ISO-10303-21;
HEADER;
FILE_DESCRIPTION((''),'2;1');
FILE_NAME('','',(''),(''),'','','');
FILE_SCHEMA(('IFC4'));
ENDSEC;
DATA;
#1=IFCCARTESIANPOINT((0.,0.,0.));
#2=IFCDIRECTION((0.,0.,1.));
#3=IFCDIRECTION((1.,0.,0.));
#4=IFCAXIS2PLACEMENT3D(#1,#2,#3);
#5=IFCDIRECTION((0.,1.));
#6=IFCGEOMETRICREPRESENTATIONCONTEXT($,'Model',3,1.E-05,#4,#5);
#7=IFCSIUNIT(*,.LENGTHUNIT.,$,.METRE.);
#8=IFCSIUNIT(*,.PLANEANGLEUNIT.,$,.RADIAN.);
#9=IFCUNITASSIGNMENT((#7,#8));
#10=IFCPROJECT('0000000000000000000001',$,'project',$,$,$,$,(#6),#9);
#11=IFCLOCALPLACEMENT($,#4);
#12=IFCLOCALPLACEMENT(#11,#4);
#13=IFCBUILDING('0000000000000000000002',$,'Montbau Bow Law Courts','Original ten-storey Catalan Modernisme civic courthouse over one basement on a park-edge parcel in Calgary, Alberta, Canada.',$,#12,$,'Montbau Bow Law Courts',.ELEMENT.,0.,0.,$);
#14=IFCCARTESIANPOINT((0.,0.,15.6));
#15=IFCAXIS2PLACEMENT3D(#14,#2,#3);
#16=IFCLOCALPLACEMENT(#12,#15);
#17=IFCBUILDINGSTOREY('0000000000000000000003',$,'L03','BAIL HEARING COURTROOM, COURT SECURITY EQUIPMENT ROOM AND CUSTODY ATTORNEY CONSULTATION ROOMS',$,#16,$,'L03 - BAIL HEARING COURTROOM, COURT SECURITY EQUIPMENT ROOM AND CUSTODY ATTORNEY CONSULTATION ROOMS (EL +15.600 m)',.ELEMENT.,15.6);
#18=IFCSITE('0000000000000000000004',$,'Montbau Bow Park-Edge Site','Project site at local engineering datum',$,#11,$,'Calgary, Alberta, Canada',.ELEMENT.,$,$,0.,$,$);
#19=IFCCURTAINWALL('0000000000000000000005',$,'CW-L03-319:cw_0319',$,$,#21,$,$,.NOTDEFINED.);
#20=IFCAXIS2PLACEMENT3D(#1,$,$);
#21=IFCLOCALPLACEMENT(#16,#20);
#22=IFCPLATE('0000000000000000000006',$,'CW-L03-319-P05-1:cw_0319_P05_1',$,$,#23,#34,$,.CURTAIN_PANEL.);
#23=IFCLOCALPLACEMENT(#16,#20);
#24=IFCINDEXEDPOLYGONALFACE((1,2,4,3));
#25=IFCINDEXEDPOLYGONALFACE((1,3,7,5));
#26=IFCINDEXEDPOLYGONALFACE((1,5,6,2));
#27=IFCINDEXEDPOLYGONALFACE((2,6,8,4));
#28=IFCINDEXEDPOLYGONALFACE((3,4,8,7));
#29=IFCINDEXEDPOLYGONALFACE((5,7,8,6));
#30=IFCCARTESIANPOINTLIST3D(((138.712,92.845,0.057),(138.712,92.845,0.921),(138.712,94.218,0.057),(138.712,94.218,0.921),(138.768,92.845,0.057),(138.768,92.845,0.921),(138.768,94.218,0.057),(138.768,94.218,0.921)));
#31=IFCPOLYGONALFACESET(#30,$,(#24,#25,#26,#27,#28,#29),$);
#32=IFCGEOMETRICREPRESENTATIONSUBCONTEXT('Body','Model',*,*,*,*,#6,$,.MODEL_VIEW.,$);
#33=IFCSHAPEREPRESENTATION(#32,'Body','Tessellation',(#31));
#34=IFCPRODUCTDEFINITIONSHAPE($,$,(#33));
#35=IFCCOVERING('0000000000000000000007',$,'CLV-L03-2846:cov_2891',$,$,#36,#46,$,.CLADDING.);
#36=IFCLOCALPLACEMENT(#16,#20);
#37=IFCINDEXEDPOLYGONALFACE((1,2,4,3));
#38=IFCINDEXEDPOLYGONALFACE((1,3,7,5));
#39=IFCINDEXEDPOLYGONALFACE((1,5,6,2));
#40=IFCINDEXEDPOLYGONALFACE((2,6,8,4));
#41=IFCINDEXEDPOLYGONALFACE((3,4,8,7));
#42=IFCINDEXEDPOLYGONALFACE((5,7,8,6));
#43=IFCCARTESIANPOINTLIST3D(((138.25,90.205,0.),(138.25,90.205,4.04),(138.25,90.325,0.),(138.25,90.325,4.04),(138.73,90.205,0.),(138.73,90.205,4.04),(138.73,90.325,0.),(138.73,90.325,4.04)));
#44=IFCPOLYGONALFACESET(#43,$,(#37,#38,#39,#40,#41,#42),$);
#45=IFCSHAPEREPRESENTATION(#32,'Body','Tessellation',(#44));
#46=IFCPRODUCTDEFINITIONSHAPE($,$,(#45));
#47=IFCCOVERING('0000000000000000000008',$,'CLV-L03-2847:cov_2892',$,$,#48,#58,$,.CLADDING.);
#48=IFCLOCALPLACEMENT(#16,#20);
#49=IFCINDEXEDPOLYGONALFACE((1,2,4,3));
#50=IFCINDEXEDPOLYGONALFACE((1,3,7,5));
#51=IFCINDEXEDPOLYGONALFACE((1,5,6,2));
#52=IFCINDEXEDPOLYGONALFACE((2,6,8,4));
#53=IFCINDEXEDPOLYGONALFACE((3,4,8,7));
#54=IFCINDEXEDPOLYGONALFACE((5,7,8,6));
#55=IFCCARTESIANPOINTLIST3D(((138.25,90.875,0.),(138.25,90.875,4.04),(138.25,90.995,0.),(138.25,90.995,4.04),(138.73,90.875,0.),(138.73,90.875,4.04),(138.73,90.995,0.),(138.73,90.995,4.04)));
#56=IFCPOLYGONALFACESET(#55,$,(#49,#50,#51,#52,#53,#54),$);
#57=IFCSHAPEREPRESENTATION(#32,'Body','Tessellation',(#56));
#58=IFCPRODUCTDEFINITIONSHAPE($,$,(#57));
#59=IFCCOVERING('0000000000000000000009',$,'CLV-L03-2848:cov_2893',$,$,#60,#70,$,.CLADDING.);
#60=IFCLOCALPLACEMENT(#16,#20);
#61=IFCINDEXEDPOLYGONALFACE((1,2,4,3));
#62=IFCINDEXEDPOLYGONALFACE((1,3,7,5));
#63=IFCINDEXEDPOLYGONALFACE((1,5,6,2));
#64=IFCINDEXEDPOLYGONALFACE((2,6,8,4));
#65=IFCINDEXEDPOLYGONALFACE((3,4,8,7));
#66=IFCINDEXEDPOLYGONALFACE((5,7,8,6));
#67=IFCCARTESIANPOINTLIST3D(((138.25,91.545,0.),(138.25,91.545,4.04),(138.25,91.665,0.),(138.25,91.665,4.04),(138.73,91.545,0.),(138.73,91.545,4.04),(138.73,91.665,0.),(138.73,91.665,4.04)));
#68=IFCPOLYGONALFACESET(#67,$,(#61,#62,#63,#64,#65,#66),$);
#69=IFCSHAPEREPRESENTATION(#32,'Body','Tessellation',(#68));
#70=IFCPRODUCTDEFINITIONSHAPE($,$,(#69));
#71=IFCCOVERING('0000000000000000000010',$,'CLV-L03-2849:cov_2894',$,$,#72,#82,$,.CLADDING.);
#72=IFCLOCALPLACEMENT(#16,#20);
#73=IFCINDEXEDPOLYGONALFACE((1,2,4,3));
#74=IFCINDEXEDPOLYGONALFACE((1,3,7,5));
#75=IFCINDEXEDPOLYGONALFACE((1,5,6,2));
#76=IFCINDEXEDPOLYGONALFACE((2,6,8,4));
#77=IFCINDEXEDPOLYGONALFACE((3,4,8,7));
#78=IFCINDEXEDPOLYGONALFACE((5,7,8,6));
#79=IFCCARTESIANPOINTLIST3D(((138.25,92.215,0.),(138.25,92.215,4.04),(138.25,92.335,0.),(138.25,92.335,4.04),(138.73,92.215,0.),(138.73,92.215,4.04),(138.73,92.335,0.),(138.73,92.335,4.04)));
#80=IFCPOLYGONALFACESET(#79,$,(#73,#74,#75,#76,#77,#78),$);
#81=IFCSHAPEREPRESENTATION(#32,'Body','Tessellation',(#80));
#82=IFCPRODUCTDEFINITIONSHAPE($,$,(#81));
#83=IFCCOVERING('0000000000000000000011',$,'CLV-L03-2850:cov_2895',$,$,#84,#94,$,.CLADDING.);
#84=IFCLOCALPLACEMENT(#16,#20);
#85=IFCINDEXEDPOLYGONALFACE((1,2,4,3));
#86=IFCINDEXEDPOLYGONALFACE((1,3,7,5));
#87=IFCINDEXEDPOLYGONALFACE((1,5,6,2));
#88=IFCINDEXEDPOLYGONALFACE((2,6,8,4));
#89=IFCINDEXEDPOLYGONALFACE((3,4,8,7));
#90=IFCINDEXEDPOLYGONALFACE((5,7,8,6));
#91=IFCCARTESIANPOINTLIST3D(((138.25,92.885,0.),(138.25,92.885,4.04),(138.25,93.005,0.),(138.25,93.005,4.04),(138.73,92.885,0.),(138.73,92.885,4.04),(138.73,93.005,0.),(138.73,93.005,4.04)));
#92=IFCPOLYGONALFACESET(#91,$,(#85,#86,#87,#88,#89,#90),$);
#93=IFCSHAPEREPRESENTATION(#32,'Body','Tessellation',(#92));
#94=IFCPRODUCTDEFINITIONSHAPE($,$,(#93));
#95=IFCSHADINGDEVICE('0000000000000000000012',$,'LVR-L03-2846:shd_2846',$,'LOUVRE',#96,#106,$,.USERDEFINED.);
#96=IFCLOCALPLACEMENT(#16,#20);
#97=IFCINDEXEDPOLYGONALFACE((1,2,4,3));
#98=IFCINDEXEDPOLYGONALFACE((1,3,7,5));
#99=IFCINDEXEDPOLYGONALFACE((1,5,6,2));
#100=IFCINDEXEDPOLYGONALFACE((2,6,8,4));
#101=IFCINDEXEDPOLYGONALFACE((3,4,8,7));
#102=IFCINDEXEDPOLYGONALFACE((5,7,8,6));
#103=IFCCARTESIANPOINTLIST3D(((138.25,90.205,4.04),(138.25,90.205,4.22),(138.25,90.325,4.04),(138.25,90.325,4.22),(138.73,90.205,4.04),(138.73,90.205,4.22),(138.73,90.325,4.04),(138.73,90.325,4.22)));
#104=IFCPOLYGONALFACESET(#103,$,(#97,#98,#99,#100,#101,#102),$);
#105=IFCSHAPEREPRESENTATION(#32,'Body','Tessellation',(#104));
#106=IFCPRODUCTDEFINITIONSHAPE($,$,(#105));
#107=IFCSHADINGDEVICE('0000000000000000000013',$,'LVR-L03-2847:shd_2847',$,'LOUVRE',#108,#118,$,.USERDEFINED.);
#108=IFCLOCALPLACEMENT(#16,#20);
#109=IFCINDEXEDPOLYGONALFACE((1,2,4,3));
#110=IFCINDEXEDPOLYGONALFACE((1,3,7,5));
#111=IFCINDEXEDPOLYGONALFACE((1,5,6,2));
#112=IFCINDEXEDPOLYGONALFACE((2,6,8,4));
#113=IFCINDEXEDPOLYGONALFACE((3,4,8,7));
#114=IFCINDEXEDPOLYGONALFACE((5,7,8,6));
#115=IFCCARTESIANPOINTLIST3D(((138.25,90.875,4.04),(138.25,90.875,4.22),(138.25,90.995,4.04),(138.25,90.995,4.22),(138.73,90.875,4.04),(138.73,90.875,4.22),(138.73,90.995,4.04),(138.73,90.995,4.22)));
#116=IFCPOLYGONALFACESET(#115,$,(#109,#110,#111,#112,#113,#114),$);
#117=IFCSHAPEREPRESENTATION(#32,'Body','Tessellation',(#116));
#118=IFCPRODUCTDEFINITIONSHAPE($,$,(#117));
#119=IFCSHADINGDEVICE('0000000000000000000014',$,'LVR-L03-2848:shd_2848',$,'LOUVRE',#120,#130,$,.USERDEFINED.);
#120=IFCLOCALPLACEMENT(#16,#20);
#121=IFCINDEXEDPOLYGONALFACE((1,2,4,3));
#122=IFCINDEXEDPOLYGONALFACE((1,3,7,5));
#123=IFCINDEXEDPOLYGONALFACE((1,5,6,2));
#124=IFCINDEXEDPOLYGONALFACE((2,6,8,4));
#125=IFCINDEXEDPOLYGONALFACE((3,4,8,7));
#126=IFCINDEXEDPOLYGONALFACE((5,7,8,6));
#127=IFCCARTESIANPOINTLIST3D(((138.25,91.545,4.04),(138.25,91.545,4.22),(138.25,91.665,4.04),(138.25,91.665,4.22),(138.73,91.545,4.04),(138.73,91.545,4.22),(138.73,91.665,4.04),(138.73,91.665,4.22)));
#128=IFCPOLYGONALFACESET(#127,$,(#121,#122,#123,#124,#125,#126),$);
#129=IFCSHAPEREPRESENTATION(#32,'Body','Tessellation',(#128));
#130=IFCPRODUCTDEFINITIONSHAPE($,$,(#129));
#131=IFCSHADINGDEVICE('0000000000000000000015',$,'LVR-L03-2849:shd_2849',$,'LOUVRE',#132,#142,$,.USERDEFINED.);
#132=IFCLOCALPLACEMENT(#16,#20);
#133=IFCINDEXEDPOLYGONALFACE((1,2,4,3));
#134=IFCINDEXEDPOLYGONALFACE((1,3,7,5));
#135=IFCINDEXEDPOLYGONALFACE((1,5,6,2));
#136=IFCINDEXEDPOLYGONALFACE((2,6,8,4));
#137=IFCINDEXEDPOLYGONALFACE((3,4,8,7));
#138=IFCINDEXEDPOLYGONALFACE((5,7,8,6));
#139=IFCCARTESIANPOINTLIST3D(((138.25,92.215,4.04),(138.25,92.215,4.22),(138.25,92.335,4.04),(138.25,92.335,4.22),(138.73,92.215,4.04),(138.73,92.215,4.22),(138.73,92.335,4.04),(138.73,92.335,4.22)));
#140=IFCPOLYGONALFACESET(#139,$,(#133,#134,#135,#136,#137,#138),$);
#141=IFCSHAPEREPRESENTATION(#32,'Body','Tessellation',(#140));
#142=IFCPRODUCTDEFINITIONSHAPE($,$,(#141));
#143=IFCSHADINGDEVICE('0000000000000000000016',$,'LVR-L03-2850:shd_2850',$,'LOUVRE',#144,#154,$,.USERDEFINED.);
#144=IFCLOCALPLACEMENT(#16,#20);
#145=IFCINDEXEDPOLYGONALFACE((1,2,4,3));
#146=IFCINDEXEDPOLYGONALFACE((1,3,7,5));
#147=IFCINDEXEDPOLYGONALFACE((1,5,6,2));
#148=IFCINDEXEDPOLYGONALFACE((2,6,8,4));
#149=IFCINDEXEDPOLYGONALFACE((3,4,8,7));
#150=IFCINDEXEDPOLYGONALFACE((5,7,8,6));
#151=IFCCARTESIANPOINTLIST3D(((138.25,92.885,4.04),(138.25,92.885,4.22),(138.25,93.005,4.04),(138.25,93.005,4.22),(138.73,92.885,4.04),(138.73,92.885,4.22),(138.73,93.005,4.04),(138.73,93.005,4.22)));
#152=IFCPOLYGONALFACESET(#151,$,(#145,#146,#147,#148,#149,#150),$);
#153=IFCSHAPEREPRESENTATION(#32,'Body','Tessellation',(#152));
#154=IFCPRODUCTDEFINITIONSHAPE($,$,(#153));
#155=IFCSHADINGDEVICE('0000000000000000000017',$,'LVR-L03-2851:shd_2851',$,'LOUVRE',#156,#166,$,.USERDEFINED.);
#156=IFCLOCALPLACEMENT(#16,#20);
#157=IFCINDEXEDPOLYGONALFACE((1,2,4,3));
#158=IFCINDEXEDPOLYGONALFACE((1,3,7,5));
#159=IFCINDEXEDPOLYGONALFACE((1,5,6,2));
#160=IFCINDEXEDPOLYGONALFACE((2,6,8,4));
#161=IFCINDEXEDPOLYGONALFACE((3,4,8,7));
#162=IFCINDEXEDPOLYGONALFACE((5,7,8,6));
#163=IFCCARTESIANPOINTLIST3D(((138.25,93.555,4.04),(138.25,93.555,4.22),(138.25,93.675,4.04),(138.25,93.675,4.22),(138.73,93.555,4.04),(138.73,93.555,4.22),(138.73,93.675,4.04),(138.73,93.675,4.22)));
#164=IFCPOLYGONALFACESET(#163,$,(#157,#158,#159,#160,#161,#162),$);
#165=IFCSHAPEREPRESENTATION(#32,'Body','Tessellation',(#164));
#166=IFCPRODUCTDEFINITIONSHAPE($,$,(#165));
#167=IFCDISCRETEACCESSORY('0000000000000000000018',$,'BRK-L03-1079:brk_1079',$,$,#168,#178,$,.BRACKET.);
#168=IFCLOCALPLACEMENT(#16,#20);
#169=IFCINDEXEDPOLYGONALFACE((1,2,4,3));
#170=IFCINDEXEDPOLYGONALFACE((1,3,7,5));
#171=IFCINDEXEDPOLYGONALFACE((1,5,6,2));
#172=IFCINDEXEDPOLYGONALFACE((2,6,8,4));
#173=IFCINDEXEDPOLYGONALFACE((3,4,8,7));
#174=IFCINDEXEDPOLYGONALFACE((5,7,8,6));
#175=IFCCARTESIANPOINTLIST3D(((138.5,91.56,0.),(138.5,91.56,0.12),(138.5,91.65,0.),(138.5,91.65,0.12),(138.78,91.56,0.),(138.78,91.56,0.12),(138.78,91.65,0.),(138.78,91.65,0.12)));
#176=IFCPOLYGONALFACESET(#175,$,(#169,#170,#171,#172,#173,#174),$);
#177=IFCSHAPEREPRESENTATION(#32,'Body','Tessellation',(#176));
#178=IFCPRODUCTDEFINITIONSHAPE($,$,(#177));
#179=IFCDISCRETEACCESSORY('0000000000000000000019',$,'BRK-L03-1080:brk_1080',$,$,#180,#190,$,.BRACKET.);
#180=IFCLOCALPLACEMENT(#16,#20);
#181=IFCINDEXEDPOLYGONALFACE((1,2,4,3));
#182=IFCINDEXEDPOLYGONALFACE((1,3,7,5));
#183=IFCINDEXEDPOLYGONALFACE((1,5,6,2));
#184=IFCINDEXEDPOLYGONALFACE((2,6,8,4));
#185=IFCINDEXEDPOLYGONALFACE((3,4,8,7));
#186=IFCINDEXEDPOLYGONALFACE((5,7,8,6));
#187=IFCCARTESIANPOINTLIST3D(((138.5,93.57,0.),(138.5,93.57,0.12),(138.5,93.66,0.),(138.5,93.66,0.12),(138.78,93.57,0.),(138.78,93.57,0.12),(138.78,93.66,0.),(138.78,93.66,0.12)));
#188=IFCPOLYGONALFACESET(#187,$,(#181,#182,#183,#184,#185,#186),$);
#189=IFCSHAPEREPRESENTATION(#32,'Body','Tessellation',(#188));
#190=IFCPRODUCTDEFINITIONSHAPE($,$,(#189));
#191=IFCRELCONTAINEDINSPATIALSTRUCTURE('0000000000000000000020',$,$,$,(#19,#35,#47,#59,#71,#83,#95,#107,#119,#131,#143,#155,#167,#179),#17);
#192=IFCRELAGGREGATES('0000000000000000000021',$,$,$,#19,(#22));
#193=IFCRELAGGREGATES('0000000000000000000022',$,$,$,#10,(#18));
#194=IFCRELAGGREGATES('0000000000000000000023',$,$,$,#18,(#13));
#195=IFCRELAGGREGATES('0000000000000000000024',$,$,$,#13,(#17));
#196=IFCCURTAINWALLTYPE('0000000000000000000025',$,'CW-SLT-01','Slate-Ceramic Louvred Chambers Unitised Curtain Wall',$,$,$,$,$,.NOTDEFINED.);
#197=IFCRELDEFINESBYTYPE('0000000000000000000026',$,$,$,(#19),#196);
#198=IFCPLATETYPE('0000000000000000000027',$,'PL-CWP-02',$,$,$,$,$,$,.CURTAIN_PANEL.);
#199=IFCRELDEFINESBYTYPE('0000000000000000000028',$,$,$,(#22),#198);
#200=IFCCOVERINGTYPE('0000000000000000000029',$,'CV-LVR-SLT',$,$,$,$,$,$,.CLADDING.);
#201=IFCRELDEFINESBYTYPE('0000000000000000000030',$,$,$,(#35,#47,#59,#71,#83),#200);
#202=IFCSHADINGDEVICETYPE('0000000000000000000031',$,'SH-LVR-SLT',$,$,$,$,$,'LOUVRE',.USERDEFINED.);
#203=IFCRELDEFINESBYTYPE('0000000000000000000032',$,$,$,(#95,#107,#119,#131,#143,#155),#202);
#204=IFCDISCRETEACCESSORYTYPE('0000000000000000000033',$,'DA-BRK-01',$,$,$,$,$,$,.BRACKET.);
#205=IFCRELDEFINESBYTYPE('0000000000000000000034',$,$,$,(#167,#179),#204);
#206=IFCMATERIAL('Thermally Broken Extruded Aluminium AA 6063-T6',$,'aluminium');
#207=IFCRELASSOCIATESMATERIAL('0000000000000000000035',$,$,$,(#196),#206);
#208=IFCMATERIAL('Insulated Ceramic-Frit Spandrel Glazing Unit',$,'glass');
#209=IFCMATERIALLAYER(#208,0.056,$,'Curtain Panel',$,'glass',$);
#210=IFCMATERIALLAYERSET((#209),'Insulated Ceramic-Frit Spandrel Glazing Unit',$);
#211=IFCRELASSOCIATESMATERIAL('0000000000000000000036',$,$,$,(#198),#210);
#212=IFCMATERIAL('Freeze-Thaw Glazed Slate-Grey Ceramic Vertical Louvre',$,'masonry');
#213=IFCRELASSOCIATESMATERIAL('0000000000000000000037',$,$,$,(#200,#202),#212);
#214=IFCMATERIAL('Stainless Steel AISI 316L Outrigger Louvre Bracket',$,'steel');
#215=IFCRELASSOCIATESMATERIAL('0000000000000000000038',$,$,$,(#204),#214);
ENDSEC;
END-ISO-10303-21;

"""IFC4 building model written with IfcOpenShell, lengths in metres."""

from ifc_helpers import new_model, si_unit, direction, frame, frame_2d, origin_with_axes, origin_2d_with_axis, place, context, subcontext, project, spatial, rectangle, extrude, material, layer, layer_set, type_object, element, aggregate, save


model = new_model("IFC4")

# Units and contexts
model_context = context("Model", 3, precision=1e-05, world=origin_with_axes(), true_north=direction((0.0, 1.0)))
body_context = subcontext(model_context, "Body", "Model", "MODEL_VIEW")
ifc_project = project(units=[si_unit("LENGTHUNIT", "METRE"), si_unit("PLANEANGLEUNIT", "RADIAN")], contexts=[model_context])

# Site, building, storey
site_placement = place(None, origin_with_axes())
site = spatial("IfcSite", under=ifc_project, at=site_placement, Name="Montbau Bow Park-Edge Site", Description="Project site at local engineering datum", LongName="Calgary, Alberta, Canada", CompositionType="ELEMENT", RefElevation=0.0)
building_placement = place(site_placement, origin_with_axes())
building = spatial("IfcBuilding", under=site, at=building_placement, Name="Montbau Bow Law Courts", Description="Original ten-storey Catalan Modernisme civic courthouse over one basement on a park-edge parcel in Calgary, Alberta, Canada.", LongName="Montbau Bow Law Courts", CompositionType="ELEMENT", ElevationOfRefHeight=0.0, ElevationOfTerrain=0.0)
storey_placement = place(building_placement, frame((0.0, 0.0, 15.6), z_axis=(0.0, 0.0, 1.0), x_axis=(1.0, 0.0, 0.0)))
storey = spatial("IfcBuildingStorey", under=building, at=storey_placement, Name="L03", Description="BAIL HEARING COURTROOM, COURT SECURITY EQUIPMENT ROOM AND CUSTODY ATTORNEY CONSULTATION ROOMS", LongName="L03 - BAIL HEARING COURTROOM, COURT SECURITY EQUIPMENT ROOM AND CUSTODY ATTORNEY CONSULTATION ROOMS (EL +15.600 m)", CompositionType="ELEMENT", Elevation=15.6)

# Curtain wall, plate
ifc_material_1 = material(Name="Thermally Broken Extruded Aluminium AA 6063-T6", Category="aluminium")
curtain_wall_type = type_object("IfcCurtainWallType", Name="CW-SLT-01", Description="Slate-Ceramic Louvred Chambers Unitised Curtain Wall", PredefinedType="NOTDEFINED", material=ifc_material_1)
curtain_wall_placement = place(None, frame((138.74, 86.915, 15.6), z_axis=(0.0, 0.0, 1.0), x_axis=(1.0, 0.0, 0.0)))
curtain_wall = element("IfcCurtainWall", 1, at=curtain_wall_placement, inside=storey, type_object=curtain_wall_type, Name="CW-L03-319:cw_0319", PredefinedType="NOTDEFINED")
ifc_material_2 = material(Name="Insulated Ceramic-Frit Spandrel Glazing Unit", Category="glass")
ifc_layer_1 = layer(ifc_material_2, 0.056, Name="Curtain Panel", Category="glass")
ifc_layer_set_1 = layer_set([ifc_layer_1], Name="Insulated Ceramic-Frit Spandrel Glazing Unit")
plate_type_1 = type_object("IfcPlateType", Name="PL-CWP-02", PredefinedType="CURTAIN_PANEL", material=ifc_layer_set_1)
plate_1_placement = place(None, frame((138.74, 92.845, 15.657), z_axis=(1.0, 0.0, 0.0), x_axis=(0.0, 1.0, 0.0)))
plate_1 = element("IfcPlate", 2, at=plate_1_placement, type_object=plate_type_1, Name="CW-L03-319-P05-1:cw_0319_P05_1", PredefinedType="CURTAIN_PANEL", context=body_context, shape_type="SweptSolid", body=[
    extrude(rectangle(XDim=1.373, YDim=0.864, at=frame_2d((0.6865, 0.432), x_axis=(1.0, 0.0))), frame((0.0, 0.0, -0.028), z_axis=(0.0, 0.0, 1.0), x_axis=(1.0, 0.0, 0.0)), (0.0, 0.0, 1.0), 0.056),
])
aggregate(curtain_wall, [plate_1])

# Coverings
ifc_material_3 = material(Name="Freeze-Thaw Glazed Slate-Grey Ceramic Vertical Louvre", Category="masonry")
covering_type = type_object("IfcCoveringType", Name="CV-LVR-SLT", PredefinedType="CLADDING", material=ifc_material_3)
for number, where, z_axis, x_axis, name in (
    (3, (138.73, 90.265, 15.6), (0.0, 1.0, 0.0), (-1.0, 0.0, 0.0), "CLV-L03-2846:cov_2891"),
    (4, (138.73, 90.935, 15.6), (0.0, 1.0, 0.0), (-1.0, 0.0, 0.0), "CLV-L03-2847:cov_2892"),
    (5, (138.73, 91.605, 15.6), (0.0, 1.0, 0.0), (-1.0, 0.0, 0.0), "CLV-L03-2848:cov_2893"),
    (6, (138.73, 92.275, 15.6), (0.0, 1.0, 0.0), (-1.0, 0.0, 0.0), "CLV-L03-2849:cov_2894"),
    (7, (138.73, 92.945, 15.6), (0.0, 1.0, 0.0), (-1.0, 0.0, 0.0), "CLV-L03-2850:cov_2895"),
):
    element("IfcCovering", number, at=place(None, frame(where, z_axis=z_axis, x_axis=x_axis)), inside=storey, type_object=covering_type, Name=name, PredefinedType="CLADDING", context=body_context, shape_type="SweptSolid", body=[
        extrude(rectangle(XDim=0.48, YDim=4.04, at=frame_2d((0.24, 2.02), x_axis=(1.0, 0.0))), frame((0.0, 0.0, -0.06), z_axis=(0.0, 0.0, 1.0), x_axis=(1.0, 0.0, 0.0)), (0.0, 0.0, 1.0), 0.12),
    ])

# Shading devices
shading_device_type = type_object("IfcShadingDeviceType", Name="SH-LVR-SLT", ElementType="LOUVRE", PredefinedType="USERDEFINED", material=ifc_material_3)
for number, where, z_axis, x_axis, name in (
    (8, (138.49, 90.265, 19.64), (0.0, 0.0, 1.0), (-1.0, 0.0, 0.0), "LVR-L03-2846:shd_2846"),
    (9, (138.49, 90.935, 19.64), (0.0, 0.0, 1.0), (-1.0, 0.0, 0.0), "LVR-L03-2847:shd_2847"),
    (10, (138.49, 91.605, 19.64), (0.0, 0.0, 1.0), (-1.0, 0.0, 0.0), "LVR-L03-2848:shd_2848"),
    (11, (138.49, 92.275, 19.64), (0.0, 0.0, 1.0), (-1.0, 0.0, 0.0), "LVR-L03-2849:shd_2849"),
    (12, (138.49, 92.945, 19.64), (0.0, 0.0, 1.0), (-1.0, 0.0, 0.0), "LVR-L03-2850:shd_2850"),
    (13, (138.49, 93.615, 19.64), (0.0, 0.0, 1.0), (-1.0, 0.0, 0.0), "LVR-L03-2851:shd_2851"),
):
    element("IfcShadingDevice", number, at=place(None, frame(where, z_axis=z_axis, x_axis=x_axis)), inside=storey, type_object=shading_device_type, Name=name, ObjectType="LOUVRE", PredefinedType="USERDEFINED", context=body_context, shape_type="SweptSolid", body=[
        extrude(rectangle(XDim=0.48, YDim=0.12, at=origin_2d_with_axis()), origin_with_axes(), (0.0, 0.0, 1.0), 0.18),
    ])

# Discrete accessories
ifc_material_4 = material(Name="Stainless Steel AISI 316L Outrigger Louvre Bracket", Category="steel")
discrete_accessory_type = type_object("IfcDiscreteAccessoryType", Name="DA-BRK-01", PredefinedType="BRACKET", material=ifc_material_4)
for number, where, z_axis, x_axis, name in (
    (14, (138.64, 91.605, 15.6), (0.0, 0.0, 1.0), (-1.0, 0.0, 0.0), "BRK-L03-1079:brk_1079"),
    (15, (138.64, 93.615, 15.6), (0.0, 0.0, 1.0), (-1.0, 0.0, 0.0), "BRK-L03-1080:brk_1080"),
):
    element("IfcDiscreteAccessory", number, at=place(None, frame(where, z_axis=z_axis, x_axis=x_axis)), inside=storey, type_object=discrete_accessory_type, Name=name, PredefinedType="BRACKET", context=body_context, shape_type="SweptSolid", body=[
        extrude(rectangle(XDim=0.28, YDim=0.09, at=origin_2d_with_axis()), origin_with_axes(), (0.0, 0.0, 1.0), 0.12),
    ])

save(model, "model.ifc")
